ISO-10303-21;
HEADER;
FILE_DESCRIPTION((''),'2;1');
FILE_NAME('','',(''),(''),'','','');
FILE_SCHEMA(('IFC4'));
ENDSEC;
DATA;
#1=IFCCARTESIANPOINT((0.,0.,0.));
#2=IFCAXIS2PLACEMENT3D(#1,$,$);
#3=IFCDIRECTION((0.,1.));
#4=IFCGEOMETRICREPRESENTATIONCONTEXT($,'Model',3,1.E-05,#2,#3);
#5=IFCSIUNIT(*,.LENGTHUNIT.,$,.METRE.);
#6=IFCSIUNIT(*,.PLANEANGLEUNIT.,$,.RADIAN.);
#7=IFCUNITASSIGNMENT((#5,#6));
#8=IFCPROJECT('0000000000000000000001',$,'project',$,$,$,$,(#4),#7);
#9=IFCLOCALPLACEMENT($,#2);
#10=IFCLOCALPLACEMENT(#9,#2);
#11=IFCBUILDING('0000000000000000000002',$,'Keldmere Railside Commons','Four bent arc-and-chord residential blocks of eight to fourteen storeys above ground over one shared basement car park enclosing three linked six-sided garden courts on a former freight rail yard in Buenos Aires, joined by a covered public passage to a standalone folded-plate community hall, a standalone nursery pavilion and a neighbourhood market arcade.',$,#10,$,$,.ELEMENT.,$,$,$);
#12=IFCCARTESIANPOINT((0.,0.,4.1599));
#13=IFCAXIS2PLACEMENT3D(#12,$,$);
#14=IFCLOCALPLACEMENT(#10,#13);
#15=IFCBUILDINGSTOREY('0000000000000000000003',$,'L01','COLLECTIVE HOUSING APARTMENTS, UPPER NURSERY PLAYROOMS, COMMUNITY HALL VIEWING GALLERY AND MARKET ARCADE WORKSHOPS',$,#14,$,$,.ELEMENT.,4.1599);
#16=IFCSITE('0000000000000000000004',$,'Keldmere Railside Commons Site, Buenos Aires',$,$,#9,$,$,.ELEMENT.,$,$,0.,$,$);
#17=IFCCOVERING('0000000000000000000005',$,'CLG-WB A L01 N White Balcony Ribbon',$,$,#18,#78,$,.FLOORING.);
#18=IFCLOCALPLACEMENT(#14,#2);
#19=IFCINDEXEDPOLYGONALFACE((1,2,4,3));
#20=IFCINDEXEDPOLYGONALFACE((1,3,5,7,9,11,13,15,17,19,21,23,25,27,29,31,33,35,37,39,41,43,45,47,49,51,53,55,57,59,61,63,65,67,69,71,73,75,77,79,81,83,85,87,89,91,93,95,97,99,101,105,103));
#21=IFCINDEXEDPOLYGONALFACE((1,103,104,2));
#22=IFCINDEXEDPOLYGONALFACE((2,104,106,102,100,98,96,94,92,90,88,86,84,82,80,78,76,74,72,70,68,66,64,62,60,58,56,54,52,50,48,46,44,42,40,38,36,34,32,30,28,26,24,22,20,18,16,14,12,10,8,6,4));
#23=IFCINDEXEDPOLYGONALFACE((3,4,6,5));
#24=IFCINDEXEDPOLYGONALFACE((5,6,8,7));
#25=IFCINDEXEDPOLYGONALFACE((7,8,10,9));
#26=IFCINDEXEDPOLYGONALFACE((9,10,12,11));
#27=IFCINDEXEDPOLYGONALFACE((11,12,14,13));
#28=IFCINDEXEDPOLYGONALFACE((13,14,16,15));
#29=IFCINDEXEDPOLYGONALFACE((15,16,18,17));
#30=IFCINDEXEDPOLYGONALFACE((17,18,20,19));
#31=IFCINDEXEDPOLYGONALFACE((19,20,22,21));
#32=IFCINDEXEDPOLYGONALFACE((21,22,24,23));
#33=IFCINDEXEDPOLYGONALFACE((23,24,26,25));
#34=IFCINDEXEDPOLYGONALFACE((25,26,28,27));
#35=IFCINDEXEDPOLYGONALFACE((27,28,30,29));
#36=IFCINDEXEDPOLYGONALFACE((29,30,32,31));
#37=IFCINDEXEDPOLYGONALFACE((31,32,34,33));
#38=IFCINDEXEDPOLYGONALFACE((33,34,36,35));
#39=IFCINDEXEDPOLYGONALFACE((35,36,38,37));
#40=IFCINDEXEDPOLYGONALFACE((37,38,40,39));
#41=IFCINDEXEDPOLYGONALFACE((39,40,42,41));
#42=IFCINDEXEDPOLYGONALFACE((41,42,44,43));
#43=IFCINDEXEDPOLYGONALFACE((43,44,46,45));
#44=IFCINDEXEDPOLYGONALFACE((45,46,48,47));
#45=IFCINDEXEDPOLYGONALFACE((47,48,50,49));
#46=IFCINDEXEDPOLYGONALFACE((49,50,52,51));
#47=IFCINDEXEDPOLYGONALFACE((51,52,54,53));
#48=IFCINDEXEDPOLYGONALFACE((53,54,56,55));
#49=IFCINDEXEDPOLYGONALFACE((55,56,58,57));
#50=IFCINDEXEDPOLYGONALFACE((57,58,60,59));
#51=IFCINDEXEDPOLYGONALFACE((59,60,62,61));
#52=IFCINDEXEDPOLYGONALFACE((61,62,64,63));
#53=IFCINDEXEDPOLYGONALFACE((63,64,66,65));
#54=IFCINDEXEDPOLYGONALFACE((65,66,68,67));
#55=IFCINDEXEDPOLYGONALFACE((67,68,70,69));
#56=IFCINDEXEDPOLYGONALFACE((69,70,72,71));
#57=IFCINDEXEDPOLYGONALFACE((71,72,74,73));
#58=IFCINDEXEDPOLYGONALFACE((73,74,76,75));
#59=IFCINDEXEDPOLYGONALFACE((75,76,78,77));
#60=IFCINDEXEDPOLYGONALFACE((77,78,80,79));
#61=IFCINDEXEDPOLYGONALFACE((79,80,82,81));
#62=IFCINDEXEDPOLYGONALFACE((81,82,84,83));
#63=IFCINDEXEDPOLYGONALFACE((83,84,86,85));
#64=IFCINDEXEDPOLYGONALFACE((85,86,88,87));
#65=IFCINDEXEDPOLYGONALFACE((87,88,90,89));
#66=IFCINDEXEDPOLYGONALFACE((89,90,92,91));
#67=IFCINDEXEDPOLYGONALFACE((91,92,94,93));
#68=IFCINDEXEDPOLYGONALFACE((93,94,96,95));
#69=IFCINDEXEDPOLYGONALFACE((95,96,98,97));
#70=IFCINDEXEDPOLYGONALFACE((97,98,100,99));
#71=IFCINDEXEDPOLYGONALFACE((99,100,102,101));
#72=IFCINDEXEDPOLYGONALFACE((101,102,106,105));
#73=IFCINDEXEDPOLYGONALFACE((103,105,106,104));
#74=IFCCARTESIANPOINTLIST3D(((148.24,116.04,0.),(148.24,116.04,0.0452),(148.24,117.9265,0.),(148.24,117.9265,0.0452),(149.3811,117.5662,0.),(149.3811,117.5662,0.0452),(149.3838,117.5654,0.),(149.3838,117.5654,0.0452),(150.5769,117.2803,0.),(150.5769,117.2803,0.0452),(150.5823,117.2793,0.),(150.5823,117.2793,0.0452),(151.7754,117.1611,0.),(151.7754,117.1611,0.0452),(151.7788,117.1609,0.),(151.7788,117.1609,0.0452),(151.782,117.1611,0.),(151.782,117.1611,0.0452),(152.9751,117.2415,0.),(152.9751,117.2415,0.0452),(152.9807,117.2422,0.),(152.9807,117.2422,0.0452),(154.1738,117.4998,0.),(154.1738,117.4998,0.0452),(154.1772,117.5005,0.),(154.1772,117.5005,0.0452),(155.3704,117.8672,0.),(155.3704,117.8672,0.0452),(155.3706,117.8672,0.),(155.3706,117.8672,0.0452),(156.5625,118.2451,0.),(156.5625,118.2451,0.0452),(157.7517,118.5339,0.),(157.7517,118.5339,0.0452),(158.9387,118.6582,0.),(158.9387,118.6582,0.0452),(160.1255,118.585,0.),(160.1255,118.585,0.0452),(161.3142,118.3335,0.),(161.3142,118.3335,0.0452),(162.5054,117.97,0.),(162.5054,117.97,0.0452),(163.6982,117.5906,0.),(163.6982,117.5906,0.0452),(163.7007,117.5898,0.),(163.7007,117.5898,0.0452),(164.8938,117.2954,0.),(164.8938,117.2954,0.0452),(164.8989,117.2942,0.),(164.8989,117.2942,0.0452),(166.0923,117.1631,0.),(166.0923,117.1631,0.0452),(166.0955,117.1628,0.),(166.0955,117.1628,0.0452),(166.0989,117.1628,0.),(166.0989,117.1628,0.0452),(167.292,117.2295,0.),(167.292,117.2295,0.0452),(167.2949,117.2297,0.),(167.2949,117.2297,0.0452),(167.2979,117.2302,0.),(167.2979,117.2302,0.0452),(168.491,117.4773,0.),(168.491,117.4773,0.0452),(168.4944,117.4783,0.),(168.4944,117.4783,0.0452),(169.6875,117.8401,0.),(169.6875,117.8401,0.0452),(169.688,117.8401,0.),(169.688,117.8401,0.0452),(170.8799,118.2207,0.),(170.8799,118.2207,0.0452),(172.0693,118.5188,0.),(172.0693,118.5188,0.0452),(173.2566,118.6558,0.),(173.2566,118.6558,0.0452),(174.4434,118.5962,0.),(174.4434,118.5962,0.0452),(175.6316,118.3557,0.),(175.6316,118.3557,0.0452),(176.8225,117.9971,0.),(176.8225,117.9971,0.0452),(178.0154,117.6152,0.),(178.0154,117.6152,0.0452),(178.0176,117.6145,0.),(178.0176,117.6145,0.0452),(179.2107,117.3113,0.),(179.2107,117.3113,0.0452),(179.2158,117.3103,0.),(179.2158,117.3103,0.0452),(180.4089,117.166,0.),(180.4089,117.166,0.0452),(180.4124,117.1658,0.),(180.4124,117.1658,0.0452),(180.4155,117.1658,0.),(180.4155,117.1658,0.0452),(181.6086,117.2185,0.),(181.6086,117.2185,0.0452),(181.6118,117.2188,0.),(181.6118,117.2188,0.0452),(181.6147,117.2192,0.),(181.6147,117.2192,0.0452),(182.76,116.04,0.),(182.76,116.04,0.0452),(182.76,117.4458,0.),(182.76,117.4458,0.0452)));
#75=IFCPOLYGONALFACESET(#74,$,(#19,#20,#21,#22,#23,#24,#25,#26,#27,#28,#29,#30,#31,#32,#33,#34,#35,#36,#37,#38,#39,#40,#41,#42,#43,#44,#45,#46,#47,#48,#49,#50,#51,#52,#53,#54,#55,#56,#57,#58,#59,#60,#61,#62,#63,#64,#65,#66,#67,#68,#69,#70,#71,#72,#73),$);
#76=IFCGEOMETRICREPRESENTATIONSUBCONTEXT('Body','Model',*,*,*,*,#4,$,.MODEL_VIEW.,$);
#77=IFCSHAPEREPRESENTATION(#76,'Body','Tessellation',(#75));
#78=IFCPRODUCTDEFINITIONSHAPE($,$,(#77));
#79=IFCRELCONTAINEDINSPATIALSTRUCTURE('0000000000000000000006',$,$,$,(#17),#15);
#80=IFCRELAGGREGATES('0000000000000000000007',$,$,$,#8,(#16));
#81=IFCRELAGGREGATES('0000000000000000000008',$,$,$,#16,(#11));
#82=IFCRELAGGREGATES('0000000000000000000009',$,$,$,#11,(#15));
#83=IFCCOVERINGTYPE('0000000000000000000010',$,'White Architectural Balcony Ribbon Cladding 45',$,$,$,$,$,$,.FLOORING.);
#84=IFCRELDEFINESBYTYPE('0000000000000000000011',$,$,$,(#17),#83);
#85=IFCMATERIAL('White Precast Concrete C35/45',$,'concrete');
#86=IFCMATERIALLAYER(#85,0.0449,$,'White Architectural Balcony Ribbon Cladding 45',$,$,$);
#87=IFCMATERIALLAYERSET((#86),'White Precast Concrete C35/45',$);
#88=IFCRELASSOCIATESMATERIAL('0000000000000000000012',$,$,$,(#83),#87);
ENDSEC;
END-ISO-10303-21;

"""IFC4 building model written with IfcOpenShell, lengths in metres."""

from ifc_helpers import new_model, si_unit, direction, frame, origin, place, context, subcontext, project, spatial, polyline, outline, extrude, material, layer, layer_set, type_object, element, save


model = new_model("IFC4")

# Units and contexts
model_context = context("Model", 3, precision=1e-05, world=origin(), true_north=direction((0.0, 1.0)))
body_context = subcontext(model_context, "Body", "Model", "MODEL_VIEW")
ifc_project = project(units=[si_unit("LENGTHUNIT", "METRE"), si_unit("PLANEANGLEUNIT", "RADIAN")], contexts=[model_context])

# Site, building, storey
site_placement = place(None, origin())
site = spatial("IfcSite", under=ifc_project, at=site_placement, Name="Keldmere Railside Commons Site, Buenos Aires", CompositionType="ELEMENT", RefElevation=0.0)
building_placement = place(site_placement, origin())
building = spatial("IfcBuilding", under=site, at=building_placement, Name="Keldmere Railside Commons", Description="Four bent arc-and-chord residential blocks of eight to fourteen storeys above ground over one shared basement car park enclosing three linked six-sided garden courts on a former freight rail yard in Buenos Aires, joined by a covered public passage to a standalone folded-plate community hall, a standalone nursery pavilion and a neighbourhood market arcade.", CompositionType="ELEMENT")
storey_placement = place(building_placement, frame((0.0, 0.0, 4.1599)))
storey = spatial("IfcBuildingStorey", under=building, at=storey_placement, Name="L01", Description="COLLECTIVE HOUSING APARTMENTS, UPPER NURSERY PLAYROOMS, COMMUNITY HALL VIEWING GALLERY AND MARKET ARCADE WORKSHOPS", CompositionType="ELEMENT", Elevation=4.1599)

# Covering
ifc_material_1 = material(Name="White Precast Concrete C35/45", Category="concrete")
ifc_layer_1 = layer(ifc_material_1, 0.0449, Name="White Architectural Balcony Ribbon Cladding 45")
ifc_layer_set_1 = layer_set([ifc_layer_1], Name="White Precast Concrete C35/45")
covering_type = type_object("IfcCoveringType", Name="White Architectural Balcony Ribbon Cladding 45", PredefinedType="FLOORING", material=ifc_layer_set_1)
covering_1_placement = place(storey_placement, origin())
element("IfcCovering", 1, at=covering_1_placement, inside=storey, type_object=covering_type, Name="CLG-WB A L01 N White Balcony Ribbon", PredefinedType="FLOORING", context=body_context, shape_type="SweptSolid", body=[
    extrude(outline(polyline([(182.76, 116.04), (182.76, 117.4458), (181.6147, 117.2192), (181.6118, 117.2188), (181.6086, 117.2185), (180.4155, 117.1658), (180.4124, 117.1658), (180.4089, 117.166), (179.2158, 117.3103), (179.2107, 117.3113), (178.0176, 117.6145), (178.0154, 117.6152), (176.8225, 117.9971), (175.6316, 118.3557), (174.4434, 118.5962), (173.2566, 118.6558), (172.0693, 118.5188), (170.8799, 118.2207), (169.688, 117.8401), (169.6875, 117.8401), (168.4944, 117.4783), (168.491, 117.4773), (167.2979, 117.2302), (167.2949, 117.2297), (167.292, 117.2295), (166.0989, 117.1628), (166.0955, 117.1628), (166.0923, 117.1631), (164.8989, 117.2942), (164.8938, 117.2954), (163.7007, 117.5898), (163.6982, 117.5906), (162.5054, 117.97), (161.3142, 118.3335), (160.1255, 118.585), (158.9387, 118.6582), (157.7517, 118.5339), (156.5625, 118.2451), (155.3706, 117.8672), (155.3704, 117.8672), (154.1772, 117.5005), (154.1738, 117.4998), (152.9807, 117.2422), (152.9751, 117.2415), (151.782, 117.1611), (151.7788, 117.1609), (151.7754, 117.1611), (150.5823, 117.2793), (150.5769, 117.2803), (149.3838, 117.5654), (149.3811, 117.5662), (148.24, 117.9265), (148.24, 116.04), (182.76, 116.04)])), origin(), (0.0, 0.0, 1.0), 0.0452),
])

save(model, "model.ifc")
